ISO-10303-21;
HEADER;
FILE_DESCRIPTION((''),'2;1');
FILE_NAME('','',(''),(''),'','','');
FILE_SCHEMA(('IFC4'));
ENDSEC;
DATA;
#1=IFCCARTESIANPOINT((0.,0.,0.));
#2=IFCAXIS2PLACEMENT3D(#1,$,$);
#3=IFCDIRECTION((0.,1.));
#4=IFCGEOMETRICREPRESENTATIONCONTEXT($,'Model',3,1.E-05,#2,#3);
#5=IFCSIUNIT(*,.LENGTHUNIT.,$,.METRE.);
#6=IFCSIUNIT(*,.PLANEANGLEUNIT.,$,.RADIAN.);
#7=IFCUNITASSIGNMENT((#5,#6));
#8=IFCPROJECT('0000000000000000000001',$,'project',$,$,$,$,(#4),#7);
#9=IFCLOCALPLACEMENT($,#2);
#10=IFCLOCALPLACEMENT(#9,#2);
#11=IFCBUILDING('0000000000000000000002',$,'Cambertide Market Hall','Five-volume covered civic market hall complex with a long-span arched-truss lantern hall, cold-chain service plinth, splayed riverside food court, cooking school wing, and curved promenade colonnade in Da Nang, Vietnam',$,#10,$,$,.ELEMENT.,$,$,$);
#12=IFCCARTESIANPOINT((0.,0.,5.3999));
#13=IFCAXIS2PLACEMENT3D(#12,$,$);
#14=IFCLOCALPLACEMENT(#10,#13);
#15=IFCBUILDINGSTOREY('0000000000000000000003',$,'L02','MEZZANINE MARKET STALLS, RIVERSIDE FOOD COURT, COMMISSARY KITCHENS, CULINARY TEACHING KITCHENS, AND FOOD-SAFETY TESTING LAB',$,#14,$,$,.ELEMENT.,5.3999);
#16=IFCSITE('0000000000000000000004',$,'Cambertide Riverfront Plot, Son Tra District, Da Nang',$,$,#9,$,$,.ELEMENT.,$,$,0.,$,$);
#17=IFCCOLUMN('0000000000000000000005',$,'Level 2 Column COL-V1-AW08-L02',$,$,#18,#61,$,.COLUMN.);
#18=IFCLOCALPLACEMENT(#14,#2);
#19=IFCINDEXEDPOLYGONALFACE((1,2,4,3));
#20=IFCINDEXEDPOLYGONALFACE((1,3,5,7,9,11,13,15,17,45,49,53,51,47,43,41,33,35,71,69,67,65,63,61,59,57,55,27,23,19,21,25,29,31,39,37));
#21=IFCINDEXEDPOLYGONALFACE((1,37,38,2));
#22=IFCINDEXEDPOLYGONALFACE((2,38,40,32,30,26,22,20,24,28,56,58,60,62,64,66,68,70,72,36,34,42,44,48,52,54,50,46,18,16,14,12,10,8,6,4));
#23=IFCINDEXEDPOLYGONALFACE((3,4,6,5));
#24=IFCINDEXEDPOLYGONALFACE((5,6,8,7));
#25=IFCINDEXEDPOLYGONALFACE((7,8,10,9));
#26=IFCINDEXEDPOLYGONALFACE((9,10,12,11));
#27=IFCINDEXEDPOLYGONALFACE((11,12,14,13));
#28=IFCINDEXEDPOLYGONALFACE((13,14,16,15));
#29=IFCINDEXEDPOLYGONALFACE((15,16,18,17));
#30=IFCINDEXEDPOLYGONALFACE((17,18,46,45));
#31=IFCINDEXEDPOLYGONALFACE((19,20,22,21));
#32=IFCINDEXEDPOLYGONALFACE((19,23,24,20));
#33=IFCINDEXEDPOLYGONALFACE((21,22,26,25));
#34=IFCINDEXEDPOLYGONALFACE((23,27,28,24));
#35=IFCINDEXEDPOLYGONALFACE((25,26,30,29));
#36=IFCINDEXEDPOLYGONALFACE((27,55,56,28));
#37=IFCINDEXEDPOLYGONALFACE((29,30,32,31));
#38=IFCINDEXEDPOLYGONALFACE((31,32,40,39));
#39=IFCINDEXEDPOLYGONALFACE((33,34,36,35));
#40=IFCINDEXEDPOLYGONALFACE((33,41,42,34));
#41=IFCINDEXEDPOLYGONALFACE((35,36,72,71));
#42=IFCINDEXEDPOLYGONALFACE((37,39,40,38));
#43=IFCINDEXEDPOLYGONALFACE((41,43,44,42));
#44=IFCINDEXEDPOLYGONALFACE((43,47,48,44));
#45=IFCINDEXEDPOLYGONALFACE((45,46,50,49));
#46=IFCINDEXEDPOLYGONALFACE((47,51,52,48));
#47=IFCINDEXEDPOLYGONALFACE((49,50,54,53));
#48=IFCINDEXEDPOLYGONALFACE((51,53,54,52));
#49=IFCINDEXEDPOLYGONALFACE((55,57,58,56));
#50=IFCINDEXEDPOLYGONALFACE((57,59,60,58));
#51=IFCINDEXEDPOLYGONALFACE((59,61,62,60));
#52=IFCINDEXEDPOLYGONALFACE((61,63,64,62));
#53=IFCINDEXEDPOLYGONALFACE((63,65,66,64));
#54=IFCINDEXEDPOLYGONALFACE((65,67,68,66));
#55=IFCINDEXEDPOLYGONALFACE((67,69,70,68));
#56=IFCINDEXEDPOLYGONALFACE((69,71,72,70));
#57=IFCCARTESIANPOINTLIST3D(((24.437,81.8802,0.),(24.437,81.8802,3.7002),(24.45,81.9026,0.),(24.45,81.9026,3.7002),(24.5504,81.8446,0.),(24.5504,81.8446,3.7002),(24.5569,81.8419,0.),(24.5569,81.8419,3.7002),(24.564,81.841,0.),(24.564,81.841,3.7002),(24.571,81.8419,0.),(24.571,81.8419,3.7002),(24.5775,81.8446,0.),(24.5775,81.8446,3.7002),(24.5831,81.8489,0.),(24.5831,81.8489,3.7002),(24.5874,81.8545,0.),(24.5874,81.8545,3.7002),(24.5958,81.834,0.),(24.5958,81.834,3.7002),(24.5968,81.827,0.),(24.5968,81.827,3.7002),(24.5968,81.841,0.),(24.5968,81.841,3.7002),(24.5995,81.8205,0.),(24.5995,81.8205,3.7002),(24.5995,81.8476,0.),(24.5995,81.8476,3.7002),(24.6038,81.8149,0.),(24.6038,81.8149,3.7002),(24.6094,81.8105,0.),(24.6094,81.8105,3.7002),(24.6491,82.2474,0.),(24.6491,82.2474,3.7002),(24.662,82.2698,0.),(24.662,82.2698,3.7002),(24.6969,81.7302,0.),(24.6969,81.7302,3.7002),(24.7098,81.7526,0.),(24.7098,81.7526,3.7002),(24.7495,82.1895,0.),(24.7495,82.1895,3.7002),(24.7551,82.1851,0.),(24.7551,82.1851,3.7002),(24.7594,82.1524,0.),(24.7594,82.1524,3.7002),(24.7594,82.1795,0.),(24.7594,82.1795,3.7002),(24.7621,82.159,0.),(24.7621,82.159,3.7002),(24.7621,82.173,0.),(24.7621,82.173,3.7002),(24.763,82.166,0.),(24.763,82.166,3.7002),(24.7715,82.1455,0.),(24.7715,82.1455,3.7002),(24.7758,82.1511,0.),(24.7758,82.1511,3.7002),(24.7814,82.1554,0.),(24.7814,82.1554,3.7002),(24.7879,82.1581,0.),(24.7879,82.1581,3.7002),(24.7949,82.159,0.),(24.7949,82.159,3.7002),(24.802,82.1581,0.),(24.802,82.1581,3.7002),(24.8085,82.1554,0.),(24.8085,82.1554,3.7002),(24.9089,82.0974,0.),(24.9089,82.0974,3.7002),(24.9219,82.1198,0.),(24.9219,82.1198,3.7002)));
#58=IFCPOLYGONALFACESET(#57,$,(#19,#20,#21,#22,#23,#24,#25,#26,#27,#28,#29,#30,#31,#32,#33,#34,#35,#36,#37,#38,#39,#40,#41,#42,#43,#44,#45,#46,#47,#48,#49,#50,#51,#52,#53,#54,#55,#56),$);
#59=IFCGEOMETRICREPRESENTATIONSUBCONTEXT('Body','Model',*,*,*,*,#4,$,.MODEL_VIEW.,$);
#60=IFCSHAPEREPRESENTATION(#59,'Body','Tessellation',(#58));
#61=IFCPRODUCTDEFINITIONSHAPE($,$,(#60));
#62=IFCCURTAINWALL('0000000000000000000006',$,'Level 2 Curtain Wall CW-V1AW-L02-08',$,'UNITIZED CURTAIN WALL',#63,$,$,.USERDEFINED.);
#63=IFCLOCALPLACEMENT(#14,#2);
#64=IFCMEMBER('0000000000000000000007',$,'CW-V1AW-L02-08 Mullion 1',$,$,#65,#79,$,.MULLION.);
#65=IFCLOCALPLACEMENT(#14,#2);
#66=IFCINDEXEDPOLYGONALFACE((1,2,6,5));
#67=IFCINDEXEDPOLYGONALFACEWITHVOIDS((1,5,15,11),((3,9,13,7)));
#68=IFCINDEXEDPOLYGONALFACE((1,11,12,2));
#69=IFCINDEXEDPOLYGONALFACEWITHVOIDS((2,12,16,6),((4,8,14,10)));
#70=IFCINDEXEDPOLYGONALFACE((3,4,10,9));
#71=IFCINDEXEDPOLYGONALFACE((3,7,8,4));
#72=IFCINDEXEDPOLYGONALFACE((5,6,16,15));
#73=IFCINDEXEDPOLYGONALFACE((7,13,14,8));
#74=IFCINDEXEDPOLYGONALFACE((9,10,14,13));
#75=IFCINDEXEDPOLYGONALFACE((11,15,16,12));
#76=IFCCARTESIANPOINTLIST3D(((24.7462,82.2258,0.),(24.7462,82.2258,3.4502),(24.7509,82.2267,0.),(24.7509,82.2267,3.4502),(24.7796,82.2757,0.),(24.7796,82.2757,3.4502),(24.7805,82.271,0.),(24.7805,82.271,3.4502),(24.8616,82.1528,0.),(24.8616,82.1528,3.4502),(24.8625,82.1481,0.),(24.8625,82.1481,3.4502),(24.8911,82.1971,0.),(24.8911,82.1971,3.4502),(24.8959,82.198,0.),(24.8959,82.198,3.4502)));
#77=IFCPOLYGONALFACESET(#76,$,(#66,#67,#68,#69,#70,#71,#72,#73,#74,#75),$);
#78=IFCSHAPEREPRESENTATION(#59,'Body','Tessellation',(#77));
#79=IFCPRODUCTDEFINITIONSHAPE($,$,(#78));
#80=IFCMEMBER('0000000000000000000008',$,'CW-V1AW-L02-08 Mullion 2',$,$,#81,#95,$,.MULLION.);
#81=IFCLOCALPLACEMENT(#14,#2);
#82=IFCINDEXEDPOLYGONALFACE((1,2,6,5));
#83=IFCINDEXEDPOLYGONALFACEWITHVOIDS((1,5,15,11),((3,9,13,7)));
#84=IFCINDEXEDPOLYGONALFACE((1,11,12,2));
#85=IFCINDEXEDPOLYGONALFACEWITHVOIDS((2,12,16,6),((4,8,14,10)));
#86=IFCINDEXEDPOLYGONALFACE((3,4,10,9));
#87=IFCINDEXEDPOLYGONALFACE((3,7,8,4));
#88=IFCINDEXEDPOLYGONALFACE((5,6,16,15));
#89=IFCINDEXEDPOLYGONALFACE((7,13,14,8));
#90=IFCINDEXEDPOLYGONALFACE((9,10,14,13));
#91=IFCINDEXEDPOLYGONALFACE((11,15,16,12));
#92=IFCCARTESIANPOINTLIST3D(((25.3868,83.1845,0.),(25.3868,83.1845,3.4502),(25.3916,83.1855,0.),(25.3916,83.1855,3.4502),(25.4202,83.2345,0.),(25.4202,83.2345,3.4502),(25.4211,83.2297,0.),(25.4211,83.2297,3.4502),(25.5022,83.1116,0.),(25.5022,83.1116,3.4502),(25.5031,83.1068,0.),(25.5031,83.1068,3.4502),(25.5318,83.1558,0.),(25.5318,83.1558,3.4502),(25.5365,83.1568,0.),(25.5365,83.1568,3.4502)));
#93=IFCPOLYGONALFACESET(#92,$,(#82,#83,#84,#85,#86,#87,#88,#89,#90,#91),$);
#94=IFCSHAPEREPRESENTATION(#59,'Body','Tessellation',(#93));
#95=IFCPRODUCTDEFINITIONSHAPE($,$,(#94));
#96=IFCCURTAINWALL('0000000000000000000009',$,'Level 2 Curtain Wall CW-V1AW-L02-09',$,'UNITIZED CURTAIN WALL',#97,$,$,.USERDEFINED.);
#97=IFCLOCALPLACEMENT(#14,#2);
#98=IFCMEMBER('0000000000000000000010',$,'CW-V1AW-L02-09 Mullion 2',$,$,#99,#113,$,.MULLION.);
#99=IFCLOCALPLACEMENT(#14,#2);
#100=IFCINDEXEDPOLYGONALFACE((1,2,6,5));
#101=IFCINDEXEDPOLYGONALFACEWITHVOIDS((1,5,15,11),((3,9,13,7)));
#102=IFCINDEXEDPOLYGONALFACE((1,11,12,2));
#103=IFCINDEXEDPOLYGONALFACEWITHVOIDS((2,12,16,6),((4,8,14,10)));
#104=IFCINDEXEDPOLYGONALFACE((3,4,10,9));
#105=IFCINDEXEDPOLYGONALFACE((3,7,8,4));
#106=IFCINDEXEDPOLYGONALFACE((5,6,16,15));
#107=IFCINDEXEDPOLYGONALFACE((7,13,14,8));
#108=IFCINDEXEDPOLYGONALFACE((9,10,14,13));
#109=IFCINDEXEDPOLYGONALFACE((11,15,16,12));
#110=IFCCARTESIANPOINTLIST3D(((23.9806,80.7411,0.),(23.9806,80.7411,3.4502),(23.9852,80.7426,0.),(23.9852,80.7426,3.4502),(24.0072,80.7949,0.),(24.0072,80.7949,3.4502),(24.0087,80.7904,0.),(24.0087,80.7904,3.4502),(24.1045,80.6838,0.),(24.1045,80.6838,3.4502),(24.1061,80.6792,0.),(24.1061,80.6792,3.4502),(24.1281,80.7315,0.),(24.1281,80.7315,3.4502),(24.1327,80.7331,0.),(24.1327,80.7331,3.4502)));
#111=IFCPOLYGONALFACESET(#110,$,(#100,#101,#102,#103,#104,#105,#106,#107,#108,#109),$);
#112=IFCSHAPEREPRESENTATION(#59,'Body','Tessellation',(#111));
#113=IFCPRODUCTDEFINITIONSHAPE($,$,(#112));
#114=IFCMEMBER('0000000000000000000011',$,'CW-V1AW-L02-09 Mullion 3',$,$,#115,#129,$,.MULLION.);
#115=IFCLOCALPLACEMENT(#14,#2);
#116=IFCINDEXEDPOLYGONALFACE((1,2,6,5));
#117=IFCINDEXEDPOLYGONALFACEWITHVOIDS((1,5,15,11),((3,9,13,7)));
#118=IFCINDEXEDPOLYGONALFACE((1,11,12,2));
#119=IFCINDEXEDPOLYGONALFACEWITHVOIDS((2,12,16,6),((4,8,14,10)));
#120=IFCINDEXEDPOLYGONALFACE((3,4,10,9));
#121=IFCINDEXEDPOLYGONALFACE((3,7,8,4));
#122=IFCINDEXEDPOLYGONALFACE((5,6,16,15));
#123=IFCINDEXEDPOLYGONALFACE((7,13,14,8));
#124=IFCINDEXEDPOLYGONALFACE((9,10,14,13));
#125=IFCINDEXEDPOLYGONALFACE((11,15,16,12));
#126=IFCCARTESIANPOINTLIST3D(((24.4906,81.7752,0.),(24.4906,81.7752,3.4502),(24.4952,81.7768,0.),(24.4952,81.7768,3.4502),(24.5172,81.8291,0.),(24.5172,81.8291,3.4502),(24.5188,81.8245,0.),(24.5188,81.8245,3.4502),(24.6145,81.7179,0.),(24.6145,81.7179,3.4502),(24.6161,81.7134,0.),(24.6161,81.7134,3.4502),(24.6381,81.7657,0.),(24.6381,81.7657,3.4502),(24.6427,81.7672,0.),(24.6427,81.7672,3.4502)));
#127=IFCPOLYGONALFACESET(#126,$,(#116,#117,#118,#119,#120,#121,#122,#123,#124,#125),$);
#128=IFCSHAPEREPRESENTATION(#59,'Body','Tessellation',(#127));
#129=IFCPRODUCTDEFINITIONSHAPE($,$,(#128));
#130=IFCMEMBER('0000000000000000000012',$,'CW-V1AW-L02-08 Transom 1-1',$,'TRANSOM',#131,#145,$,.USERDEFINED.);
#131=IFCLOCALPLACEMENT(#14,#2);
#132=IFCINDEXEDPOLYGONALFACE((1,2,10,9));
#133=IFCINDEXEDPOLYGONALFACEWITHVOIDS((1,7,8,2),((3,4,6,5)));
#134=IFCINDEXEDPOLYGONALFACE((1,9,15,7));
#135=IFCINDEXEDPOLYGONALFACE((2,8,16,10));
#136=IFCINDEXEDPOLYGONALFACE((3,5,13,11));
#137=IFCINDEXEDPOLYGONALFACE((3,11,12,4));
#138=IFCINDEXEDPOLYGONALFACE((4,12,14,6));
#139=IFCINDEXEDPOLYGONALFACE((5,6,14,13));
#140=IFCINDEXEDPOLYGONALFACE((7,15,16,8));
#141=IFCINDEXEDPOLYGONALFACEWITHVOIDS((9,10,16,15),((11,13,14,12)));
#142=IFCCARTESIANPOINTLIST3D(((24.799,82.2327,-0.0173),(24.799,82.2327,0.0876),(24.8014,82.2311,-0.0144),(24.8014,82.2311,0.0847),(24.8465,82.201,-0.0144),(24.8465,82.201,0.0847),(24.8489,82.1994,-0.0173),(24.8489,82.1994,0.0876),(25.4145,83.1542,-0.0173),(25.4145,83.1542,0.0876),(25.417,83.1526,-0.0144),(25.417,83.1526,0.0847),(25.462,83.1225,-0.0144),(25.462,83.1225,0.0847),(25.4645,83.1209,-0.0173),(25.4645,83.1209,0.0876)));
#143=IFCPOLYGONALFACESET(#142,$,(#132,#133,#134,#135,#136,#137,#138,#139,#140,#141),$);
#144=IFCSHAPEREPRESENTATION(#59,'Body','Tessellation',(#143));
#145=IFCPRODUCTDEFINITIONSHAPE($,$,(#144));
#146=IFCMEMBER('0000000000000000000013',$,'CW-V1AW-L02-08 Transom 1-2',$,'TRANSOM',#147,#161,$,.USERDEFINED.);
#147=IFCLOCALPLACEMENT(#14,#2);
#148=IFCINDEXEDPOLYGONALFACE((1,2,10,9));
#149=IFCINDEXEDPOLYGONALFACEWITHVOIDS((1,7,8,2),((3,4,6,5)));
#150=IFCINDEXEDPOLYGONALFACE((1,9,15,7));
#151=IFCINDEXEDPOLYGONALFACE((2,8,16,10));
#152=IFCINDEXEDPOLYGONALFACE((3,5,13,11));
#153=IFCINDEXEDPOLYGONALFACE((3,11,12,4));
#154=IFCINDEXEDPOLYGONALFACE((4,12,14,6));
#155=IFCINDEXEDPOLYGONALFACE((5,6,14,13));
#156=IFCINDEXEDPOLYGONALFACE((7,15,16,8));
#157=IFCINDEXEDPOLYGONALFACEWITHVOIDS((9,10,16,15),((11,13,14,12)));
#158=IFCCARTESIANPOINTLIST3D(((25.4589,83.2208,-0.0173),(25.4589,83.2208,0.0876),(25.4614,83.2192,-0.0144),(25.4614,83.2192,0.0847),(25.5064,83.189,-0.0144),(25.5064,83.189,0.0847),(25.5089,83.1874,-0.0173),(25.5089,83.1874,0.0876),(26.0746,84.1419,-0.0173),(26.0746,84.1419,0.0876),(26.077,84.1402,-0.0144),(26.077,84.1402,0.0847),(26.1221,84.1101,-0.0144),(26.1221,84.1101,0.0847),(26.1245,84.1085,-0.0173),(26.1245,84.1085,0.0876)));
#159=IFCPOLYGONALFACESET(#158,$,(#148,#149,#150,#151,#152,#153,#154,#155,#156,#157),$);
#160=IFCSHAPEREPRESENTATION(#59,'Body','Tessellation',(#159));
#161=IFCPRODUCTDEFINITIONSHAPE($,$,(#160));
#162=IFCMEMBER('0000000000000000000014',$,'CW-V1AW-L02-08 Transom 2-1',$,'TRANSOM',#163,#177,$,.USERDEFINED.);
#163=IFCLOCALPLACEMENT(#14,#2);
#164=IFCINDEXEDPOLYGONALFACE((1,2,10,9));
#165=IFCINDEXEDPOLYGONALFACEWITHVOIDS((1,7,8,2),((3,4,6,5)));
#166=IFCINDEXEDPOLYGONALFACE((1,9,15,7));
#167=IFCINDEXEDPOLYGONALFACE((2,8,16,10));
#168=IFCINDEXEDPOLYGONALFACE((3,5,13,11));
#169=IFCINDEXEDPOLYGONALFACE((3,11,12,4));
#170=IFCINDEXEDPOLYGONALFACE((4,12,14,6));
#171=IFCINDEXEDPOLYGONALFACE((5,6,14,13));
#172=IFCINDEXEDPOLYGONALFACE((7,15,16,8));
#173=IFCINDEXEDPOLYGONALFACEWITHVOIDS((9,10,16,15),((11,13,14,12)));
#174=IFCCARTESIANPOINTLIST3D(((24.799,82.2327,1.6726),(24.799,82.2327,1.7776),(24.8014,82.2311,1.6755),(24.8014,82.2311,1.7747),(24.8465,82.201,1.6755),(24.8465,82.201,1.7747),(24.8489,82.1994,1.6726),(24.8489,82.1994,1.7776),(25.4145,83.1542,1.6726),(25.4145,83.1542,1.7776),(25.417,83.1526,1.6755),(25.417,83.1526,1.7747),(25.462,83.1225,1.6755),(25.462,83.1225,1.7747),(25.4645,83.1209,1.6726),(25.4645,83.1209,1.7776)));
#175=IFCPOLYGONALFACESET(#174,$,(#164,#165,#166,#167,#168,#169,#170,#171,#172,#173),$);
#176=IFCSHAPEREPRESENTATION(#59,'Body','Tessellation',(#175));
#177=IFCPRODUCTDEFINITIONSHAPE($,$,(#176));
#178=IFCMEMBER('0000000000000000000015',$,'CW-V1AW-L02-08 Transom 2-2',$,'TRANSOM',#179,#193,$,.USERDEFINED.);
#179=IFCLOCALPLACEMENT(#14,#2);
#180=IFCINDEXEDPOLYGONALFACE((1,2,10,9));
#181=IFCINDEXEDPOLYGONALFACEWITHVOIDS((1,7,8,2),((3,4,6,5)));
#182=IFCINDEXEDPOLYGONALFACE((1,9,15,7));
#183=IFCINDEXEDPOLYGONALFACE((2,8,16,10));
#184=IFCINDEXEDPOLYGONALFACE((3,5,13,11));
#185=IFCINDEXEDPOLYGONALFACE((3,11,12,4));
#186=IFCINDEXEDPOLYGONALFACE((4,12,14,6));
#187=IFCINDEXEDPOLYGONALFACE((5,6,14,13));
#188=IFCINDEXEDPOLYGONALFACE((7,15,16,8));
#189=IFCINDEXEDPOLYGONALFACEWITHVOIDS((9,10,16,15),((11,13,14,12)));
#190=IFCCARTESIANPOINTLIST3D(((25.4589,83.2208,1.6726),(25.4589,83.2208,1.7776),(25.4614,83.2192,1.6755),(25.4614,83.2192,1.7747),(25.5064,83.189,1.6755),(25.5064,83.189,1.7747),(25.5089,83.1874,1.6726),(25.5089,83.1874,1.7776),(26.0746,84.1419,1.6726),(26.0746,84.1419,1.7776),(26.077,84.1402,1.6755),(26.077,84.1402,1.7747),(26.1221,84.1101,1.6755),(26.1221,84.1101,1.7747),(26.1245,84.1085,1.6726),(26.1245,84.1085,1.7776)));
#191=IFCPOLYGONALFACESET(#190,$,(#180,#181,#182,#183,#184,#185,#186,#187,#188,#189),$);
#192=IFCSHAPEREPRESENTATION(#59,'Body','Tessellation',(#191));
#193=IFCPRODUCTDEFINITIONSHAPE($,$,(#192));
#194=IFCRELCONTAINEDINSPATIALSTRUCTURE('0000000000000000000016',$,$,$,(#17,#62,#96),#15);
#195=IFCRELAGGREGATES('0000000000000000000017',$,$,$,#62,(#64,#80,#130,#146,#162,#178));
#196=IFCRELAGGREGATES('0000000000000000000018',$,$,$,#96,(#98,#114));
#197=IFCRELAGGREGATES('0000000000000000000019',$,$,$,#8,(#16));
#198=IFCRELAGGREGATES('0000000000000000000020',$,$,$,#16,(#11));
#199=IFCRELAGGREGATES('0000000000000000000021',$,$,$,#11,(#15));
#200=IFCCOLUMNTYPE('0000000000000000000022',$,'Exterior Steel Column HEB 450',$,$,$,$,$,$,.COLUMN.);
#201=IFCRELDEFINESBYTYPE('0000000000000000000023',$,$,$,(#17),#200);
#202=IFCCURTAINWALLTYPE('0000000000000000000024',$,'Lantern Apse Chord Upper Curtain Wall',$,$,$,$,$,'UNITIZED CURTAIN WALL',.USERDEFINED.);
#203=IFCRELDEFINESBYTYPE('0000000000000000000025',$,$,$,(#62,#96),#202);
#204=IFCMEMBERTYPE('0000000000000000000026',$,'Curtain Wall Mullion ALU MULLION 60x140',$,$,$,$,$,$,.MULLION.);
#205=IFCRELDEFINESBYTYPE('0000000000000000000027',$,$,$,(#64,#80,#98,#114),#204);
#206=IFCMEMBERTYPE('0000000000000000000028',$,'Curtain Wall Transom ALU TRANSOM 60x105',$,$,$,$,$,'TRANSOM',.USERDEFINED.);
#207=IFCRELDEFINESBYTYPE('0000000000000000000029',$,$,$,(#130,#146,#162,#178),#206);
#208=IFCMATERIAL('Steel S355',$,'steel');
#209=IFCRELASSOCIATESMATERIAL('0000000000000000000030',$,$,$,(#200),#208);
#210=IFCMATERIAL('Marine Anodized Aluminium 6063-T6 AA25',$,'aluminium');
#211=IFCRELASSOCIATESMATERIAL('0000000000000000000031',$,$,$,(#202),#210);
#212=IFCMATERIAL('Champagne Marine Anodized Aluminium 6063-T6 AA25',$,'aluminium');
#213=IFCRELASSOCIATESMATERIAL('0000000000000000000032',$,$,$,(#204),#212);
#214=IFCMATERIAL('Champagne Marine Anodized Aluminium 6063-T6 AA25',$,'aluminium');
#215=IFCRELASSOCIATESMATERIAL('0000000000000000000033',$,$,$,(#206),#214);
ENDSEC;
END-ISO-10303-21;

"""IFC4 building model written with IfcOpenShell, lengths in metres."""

from ifc_helpers import new_model, si_unit, direction, frame, origin, origin_2d, place, context, subcontext, project, spatial, hollow_rectangle, i_section, extrude, material, material_profile, profile_set, type_object, element, aggregate, save


model = new_model("IFC4")

# Units and contexts
model_context = context("Model", 3, precision=1e-05, world=origin(), true_north=direction((0.0, 1.0)))
body_context = subcontext(model_context, "Body", "Model", "MODEL_VIEW")
ifc_project = project(units=[si_unit("LENGTHUNIT", "METRE"), si_unit("PLANEANGLEUNIT", "RADIAN")], contexts=[model_context])

# Site, building, storey
site_placement = place(None, origin())
site = spatial("IfcSite", under=ifc_project, at=site_placement, Name="Cambertide Riverfront Plot, Son Tra District, Da Nang", CompositionType="ELEMENT", RefElevation=0.0)
building_placement = place(site_placement, origin())
building = spatial("IfcBuilding", under=site, at=building_placement, Name="Cambertide Market Hall", Description="Five-volume covered civic market hall complex with a long-span arched-truss lantern hall, cold-chain service plinth, splayed riverside food court, cooking school wing, and curved promenade colonnade in Da Nang, Vietnam", CompositionType="ELEMENT")
storey_placement = place(building_placement, frame((0.0, 0.0, 5.3999)))
storey = spatial("IfcBuildingStorey", under=building, at=storey_placement, Name="L02", Description="MEZZANINE MARKET STALLS, RIVERSIDE FOOD COURT, COMMISSARY KITCHENS, CULINARY TEACHING KITCHENS, AND FOOD-SAFETY TESTING LAB", CompositionType="ELEMENT", Elevation=5.3999)

# Column
ifc_material_1 = material(Name="Steel S355", Category="steel")
ifc_material_profile_1 = material_profile(ifc_material_1, i_section(OverallWidth=0.3, OverallDepth=0.45, WebThickness=0.0139, FlangeThickness=0.0259, FilletRadius=0.0271, at=origin_2d()), Name="HEB 450")
ifc_profile_set_1 = profile_set([ifc_material_profile_1], Name="Steel S355")
column_type = type_object("IfcColumnType", Name="Exterior Steel Column HEB 450", PredefinedType="COLUMN", material=ifc_profile_set_1)
column_placement = place(storey_placement, frame((24.6794, 82.0, 0.0), z_axis=(0.0, 0.0, 1.0), x_axis=(-0.866025, 0.5, 0.0)))
element("IfcColumn", 1, at=column_placement, inside=storey, type_object=column_type, Name="Level 2 Column COL-V1-AW08-L02", PredefinedType="COLUMN", context=body_context, shape_type="SweptSolid", body=[
    extrude(i_section(OverallWidth=0.3, OverallDepth=0.45, WebThickness=0.0139, FlangeThickness=0.0259, FilletRadius=0.0271, at=origin_2d()), origin(), (0.0, 0.0, 1.0), 3.7002),
])

# Curtain walls, members
ifc_material_2 = material(Name="Marine Anodized Aluminium 6063-T6 AA25", Category="aluminium")
curtain_wall_type = type_object("IfcCurtainWallType", Name="Lantern Apse Chord Upper Curtain Wall", ElementType="UNITIZED CURTAIN WALL", PredefinedType="USERDEFINED", material=ifc_material_2)
curtain_wall_1_placement = place(storey_placement, origin())
curtain_wall_1 = element("IfcCurtainWall", 2, at=curtain_wall_1_placement, inside=storey, type_object=curtain_wall_type, Name="Level 2 Curtain Wall CW-V1AW-L02-08", ObjectType="UNITIZED CURTAIN WALL", PredefinedType="USERDEFINED")
ifc_material_3 = material(Name="Champagne Marine Anodized Aluminium 6063-T6 AA25", Category="aluminium")
ifc_material_profile_2 = material_profile(ifc_material_3, hollow_rectangle(XDim=0.0601, YDim=0.1399, WallThickness=0.0034, at=origin_2d()), Name="ALU MULLION 60x140")
ifc_profile_set_2 = profile_set([ifc_material_profile_2], Name="Champagne Marine Anodized Aluminium 6063-T6 AA25")
member_type_1 = type_object("IfcMemberType", Name="Curtain Wall Mullion ALU MULLION 60x140", PredefinedType="MULLION", material=ifc_profile_set_2)
member_1_placement = place(storey_placement, frame((24.821, 82.2119, 0.0), z_axis=(0.0, 0.0, 1.0), x_axis=(0.55557, 0.83147, 0.0)))
member_1 = element("IfcMember", 3, at=member_1_placement, type_object=member_type_1, Name="CW-V1AW-L02-08 Mullion 1", PredefinedType="MULLION", context=body_context, shape_type="SweptSolid", body=[
    extrude(hollow_rectangle(XDim=0.0601, YDim=0.1399, WallThickness=0.0034, at=origin_2d()), origin(), (0.0, 0.0, 1.0), 3.4502),
])
member_2_placement = place(storey_placement, frame((25.4617, 83.1707, 0.0), z_axis=(0.0, 0.0, 1.0), x_axis=(0.55557, 0.83147, 0.0)))
member_2 = element("IfcMember", 4, at=member_2_placement, type_object=member_type_1, Name="CW-V1AW-L02-08 Mullion 2", PredefinedType="MULLION", context=body_context, shape_type="SweptSolid", body=[
    extrude(hollow_rectangle(XDim=0.0601, YDim=0.1399, WallThickness=0.0034, at=origin_2d()), origin(), (0.0, 0.0, 1.0), 3.4502),
])
curtain_wall_2_placement = place(storey_placement, origin())
curtain_wall_2 = element("IfcCurtainWall", 5, at=curtain_wall_2_placement, inside=storey, type_object=curtain_wall_type, Name="Level 2 Curtain Wall CW-V1AW-L02-09", ObjectType="UNITIZED CURTAIN WALL", PredefinedType="USERDEFINED")
member_3_placement = place(storey_placement, frame((24.0566, 80.7371, 0.0), z_axis=(0.0, 0.0, 1.0), x_axis=(0.442289, 0.896873, 0.0)))
member_3 = element("IfcMember", 6, at=member_3_placement, type_object=member_type_1, Name="CW-V1AW-L02-09 Mullion 2", PredefinedType="MULLION", context=body_context, shape_type="SweptSolid", body=[
    extrude(hollow_rectangle(XDim=0.0601, YDim=0.1399, WallThickness=0.0034, at=origin_2d()), origin(), (0.0, 0.0, 1.0), 3.4502),
])
member_4_placement = place(storey_placement, frame((24.5667, 81.7712, 0.0), z_axis=(0.0, 0.0, 1.0), x_axis=(0.442289, 0.896873, 0.0)))
member_4 = element("IfcMember", 7, at=member_4_placement, type_object=member_type_1, Name="CW-V1AW-L02-09 Mullion 3", PredefinedType="MULLION", context=body_context, shape_type="SweptSolid", body=[
    extrude(hollow_rectangle(XDim=0.0601, YDim=0.1399, WallThickness=0.0034, at=origin_2d()), origin(), (0.0, 0.0, 1.0), 3.4502),
])

# Members
ifc_material_4 = material(Name="Champagne Marine Anodized Aluminium 6063-T6 AA25", Category="aluminium")
ifc_material_profile_3 = material_profile(ifc_material_4, hollow_rectangle(XDim=0.0601, YDim=0.105, WallThickness=0.0029, at=origin_2d()), Name="ALU TRANSOM 60x105")
ifc_profile_set_3 = profile_set([ifc_material_profile_3], Name="Champagne Marine Anodized Aluminium 6063-T6 AA25")
member_type_2 = type_object("IfcMemberType", Name="Curtain Wall Transom ALU TRANSOM 60x105", ElementType="TRANSOM", PredefinedType="USERDEFINED", material=ifc_profile_set_3)
member_5_placement = place(storey_placement, frame((24.824, 82.2161, 0.0352), z_axis=(0.555463, 0.831541, 0.0), x_axis=(-0.831541, 0.555463, 0.0)))
member_5 = element("IfcMember", 8, at=member_5_placement, type_object=member_type_2, Name="CW-V1AW-L02-08 Transom 1-1", ObjectType="TRANSOM", PredefinedType="USERDEFINED", context=body_context, shape_type="SweptSolid", body=[
    extrude(hollow_rectangle(XDim=0.0601, YDim=0.105, WallThickness=0.0029, at=origin_2d()), origin(), (0.0, 0.0, 1.0), 1.1082),
])
member_6_placement = place(storey_placement, frame((25.4839, 83.2041, 0.0352), z_axis=(0.555717, 0.831372, 0.0), x_axis=(-0.831372, 0.555717, 0.0)))
member_6 = element("IfcMember", 9, at=member_6_placement, type_object=member_type_2, Name="CW-V1AW-L02-08 Transom 1-2", ObjectType="TRANSOM", PredefinedType="USERDEFINED", context=body_context, shape_type="SweptSolid", body=[
    extrude(hollow_rectangle(XDim=0.0601, YDim=0.105, WallThickness=0.0029, at=origin_2d()), origin(), (0.0, 0.0, 1.0), 1.1079),
])
member_7_placement = place(storey_placement, frame((24.824, 82.2161, 1.7251), z_axis=(0.555463, 0.831541, 0.0), x_axis=(-0.831541, 0.555463, 0.0)))
member_7 = element("IfcMember", 10, at=member_7_placement, type_object=member_type_2, Name="CW-V1AW-L02-08 Transom 2-1", ObjectType="TRANSOM", PredefinedType="USERDEFINED", context=body_context, shape_type="SweptSolid", body=[
    extrude(hollow_rectangle(XDim=0.0601, YDim=0.105, WallThickness=0.0029, at=origin_2d()), origin(), (0.0, 0.0, 1.0), 1.1082),
])
member_8_placement = place(storey_placement, frame((25.4839, 83.2041, 1.7251), z_axis=(0.555717, 0.831372, 0.0), x_axis=(-0.831372, 0.555717, 0.0)))
member_8 = element("IfcMember", 11, at=member_8_placement, type_object=member_type_2, Name="CW-V1AW-L02-08 Transom 2-2", ObjectType="TRANSOM", PredefinedType="USERDEFINED", context=body_context, shape_type="SweptSolid", body=[
    extrude(hollow_rectangle(XDim=0.0601, YDim=0.105, WallThickness=0.0029, at=origin_2d()), origin(), (0.0, 0.0, 1.0), 1.1079),
])

aggregate(curtain_wall_1, [member_1, member_2, member_5, member_6, member_7, member_8])
aggregate(curtain_wall_2, [member_3, member_4])

save(model, "model.ifc")
